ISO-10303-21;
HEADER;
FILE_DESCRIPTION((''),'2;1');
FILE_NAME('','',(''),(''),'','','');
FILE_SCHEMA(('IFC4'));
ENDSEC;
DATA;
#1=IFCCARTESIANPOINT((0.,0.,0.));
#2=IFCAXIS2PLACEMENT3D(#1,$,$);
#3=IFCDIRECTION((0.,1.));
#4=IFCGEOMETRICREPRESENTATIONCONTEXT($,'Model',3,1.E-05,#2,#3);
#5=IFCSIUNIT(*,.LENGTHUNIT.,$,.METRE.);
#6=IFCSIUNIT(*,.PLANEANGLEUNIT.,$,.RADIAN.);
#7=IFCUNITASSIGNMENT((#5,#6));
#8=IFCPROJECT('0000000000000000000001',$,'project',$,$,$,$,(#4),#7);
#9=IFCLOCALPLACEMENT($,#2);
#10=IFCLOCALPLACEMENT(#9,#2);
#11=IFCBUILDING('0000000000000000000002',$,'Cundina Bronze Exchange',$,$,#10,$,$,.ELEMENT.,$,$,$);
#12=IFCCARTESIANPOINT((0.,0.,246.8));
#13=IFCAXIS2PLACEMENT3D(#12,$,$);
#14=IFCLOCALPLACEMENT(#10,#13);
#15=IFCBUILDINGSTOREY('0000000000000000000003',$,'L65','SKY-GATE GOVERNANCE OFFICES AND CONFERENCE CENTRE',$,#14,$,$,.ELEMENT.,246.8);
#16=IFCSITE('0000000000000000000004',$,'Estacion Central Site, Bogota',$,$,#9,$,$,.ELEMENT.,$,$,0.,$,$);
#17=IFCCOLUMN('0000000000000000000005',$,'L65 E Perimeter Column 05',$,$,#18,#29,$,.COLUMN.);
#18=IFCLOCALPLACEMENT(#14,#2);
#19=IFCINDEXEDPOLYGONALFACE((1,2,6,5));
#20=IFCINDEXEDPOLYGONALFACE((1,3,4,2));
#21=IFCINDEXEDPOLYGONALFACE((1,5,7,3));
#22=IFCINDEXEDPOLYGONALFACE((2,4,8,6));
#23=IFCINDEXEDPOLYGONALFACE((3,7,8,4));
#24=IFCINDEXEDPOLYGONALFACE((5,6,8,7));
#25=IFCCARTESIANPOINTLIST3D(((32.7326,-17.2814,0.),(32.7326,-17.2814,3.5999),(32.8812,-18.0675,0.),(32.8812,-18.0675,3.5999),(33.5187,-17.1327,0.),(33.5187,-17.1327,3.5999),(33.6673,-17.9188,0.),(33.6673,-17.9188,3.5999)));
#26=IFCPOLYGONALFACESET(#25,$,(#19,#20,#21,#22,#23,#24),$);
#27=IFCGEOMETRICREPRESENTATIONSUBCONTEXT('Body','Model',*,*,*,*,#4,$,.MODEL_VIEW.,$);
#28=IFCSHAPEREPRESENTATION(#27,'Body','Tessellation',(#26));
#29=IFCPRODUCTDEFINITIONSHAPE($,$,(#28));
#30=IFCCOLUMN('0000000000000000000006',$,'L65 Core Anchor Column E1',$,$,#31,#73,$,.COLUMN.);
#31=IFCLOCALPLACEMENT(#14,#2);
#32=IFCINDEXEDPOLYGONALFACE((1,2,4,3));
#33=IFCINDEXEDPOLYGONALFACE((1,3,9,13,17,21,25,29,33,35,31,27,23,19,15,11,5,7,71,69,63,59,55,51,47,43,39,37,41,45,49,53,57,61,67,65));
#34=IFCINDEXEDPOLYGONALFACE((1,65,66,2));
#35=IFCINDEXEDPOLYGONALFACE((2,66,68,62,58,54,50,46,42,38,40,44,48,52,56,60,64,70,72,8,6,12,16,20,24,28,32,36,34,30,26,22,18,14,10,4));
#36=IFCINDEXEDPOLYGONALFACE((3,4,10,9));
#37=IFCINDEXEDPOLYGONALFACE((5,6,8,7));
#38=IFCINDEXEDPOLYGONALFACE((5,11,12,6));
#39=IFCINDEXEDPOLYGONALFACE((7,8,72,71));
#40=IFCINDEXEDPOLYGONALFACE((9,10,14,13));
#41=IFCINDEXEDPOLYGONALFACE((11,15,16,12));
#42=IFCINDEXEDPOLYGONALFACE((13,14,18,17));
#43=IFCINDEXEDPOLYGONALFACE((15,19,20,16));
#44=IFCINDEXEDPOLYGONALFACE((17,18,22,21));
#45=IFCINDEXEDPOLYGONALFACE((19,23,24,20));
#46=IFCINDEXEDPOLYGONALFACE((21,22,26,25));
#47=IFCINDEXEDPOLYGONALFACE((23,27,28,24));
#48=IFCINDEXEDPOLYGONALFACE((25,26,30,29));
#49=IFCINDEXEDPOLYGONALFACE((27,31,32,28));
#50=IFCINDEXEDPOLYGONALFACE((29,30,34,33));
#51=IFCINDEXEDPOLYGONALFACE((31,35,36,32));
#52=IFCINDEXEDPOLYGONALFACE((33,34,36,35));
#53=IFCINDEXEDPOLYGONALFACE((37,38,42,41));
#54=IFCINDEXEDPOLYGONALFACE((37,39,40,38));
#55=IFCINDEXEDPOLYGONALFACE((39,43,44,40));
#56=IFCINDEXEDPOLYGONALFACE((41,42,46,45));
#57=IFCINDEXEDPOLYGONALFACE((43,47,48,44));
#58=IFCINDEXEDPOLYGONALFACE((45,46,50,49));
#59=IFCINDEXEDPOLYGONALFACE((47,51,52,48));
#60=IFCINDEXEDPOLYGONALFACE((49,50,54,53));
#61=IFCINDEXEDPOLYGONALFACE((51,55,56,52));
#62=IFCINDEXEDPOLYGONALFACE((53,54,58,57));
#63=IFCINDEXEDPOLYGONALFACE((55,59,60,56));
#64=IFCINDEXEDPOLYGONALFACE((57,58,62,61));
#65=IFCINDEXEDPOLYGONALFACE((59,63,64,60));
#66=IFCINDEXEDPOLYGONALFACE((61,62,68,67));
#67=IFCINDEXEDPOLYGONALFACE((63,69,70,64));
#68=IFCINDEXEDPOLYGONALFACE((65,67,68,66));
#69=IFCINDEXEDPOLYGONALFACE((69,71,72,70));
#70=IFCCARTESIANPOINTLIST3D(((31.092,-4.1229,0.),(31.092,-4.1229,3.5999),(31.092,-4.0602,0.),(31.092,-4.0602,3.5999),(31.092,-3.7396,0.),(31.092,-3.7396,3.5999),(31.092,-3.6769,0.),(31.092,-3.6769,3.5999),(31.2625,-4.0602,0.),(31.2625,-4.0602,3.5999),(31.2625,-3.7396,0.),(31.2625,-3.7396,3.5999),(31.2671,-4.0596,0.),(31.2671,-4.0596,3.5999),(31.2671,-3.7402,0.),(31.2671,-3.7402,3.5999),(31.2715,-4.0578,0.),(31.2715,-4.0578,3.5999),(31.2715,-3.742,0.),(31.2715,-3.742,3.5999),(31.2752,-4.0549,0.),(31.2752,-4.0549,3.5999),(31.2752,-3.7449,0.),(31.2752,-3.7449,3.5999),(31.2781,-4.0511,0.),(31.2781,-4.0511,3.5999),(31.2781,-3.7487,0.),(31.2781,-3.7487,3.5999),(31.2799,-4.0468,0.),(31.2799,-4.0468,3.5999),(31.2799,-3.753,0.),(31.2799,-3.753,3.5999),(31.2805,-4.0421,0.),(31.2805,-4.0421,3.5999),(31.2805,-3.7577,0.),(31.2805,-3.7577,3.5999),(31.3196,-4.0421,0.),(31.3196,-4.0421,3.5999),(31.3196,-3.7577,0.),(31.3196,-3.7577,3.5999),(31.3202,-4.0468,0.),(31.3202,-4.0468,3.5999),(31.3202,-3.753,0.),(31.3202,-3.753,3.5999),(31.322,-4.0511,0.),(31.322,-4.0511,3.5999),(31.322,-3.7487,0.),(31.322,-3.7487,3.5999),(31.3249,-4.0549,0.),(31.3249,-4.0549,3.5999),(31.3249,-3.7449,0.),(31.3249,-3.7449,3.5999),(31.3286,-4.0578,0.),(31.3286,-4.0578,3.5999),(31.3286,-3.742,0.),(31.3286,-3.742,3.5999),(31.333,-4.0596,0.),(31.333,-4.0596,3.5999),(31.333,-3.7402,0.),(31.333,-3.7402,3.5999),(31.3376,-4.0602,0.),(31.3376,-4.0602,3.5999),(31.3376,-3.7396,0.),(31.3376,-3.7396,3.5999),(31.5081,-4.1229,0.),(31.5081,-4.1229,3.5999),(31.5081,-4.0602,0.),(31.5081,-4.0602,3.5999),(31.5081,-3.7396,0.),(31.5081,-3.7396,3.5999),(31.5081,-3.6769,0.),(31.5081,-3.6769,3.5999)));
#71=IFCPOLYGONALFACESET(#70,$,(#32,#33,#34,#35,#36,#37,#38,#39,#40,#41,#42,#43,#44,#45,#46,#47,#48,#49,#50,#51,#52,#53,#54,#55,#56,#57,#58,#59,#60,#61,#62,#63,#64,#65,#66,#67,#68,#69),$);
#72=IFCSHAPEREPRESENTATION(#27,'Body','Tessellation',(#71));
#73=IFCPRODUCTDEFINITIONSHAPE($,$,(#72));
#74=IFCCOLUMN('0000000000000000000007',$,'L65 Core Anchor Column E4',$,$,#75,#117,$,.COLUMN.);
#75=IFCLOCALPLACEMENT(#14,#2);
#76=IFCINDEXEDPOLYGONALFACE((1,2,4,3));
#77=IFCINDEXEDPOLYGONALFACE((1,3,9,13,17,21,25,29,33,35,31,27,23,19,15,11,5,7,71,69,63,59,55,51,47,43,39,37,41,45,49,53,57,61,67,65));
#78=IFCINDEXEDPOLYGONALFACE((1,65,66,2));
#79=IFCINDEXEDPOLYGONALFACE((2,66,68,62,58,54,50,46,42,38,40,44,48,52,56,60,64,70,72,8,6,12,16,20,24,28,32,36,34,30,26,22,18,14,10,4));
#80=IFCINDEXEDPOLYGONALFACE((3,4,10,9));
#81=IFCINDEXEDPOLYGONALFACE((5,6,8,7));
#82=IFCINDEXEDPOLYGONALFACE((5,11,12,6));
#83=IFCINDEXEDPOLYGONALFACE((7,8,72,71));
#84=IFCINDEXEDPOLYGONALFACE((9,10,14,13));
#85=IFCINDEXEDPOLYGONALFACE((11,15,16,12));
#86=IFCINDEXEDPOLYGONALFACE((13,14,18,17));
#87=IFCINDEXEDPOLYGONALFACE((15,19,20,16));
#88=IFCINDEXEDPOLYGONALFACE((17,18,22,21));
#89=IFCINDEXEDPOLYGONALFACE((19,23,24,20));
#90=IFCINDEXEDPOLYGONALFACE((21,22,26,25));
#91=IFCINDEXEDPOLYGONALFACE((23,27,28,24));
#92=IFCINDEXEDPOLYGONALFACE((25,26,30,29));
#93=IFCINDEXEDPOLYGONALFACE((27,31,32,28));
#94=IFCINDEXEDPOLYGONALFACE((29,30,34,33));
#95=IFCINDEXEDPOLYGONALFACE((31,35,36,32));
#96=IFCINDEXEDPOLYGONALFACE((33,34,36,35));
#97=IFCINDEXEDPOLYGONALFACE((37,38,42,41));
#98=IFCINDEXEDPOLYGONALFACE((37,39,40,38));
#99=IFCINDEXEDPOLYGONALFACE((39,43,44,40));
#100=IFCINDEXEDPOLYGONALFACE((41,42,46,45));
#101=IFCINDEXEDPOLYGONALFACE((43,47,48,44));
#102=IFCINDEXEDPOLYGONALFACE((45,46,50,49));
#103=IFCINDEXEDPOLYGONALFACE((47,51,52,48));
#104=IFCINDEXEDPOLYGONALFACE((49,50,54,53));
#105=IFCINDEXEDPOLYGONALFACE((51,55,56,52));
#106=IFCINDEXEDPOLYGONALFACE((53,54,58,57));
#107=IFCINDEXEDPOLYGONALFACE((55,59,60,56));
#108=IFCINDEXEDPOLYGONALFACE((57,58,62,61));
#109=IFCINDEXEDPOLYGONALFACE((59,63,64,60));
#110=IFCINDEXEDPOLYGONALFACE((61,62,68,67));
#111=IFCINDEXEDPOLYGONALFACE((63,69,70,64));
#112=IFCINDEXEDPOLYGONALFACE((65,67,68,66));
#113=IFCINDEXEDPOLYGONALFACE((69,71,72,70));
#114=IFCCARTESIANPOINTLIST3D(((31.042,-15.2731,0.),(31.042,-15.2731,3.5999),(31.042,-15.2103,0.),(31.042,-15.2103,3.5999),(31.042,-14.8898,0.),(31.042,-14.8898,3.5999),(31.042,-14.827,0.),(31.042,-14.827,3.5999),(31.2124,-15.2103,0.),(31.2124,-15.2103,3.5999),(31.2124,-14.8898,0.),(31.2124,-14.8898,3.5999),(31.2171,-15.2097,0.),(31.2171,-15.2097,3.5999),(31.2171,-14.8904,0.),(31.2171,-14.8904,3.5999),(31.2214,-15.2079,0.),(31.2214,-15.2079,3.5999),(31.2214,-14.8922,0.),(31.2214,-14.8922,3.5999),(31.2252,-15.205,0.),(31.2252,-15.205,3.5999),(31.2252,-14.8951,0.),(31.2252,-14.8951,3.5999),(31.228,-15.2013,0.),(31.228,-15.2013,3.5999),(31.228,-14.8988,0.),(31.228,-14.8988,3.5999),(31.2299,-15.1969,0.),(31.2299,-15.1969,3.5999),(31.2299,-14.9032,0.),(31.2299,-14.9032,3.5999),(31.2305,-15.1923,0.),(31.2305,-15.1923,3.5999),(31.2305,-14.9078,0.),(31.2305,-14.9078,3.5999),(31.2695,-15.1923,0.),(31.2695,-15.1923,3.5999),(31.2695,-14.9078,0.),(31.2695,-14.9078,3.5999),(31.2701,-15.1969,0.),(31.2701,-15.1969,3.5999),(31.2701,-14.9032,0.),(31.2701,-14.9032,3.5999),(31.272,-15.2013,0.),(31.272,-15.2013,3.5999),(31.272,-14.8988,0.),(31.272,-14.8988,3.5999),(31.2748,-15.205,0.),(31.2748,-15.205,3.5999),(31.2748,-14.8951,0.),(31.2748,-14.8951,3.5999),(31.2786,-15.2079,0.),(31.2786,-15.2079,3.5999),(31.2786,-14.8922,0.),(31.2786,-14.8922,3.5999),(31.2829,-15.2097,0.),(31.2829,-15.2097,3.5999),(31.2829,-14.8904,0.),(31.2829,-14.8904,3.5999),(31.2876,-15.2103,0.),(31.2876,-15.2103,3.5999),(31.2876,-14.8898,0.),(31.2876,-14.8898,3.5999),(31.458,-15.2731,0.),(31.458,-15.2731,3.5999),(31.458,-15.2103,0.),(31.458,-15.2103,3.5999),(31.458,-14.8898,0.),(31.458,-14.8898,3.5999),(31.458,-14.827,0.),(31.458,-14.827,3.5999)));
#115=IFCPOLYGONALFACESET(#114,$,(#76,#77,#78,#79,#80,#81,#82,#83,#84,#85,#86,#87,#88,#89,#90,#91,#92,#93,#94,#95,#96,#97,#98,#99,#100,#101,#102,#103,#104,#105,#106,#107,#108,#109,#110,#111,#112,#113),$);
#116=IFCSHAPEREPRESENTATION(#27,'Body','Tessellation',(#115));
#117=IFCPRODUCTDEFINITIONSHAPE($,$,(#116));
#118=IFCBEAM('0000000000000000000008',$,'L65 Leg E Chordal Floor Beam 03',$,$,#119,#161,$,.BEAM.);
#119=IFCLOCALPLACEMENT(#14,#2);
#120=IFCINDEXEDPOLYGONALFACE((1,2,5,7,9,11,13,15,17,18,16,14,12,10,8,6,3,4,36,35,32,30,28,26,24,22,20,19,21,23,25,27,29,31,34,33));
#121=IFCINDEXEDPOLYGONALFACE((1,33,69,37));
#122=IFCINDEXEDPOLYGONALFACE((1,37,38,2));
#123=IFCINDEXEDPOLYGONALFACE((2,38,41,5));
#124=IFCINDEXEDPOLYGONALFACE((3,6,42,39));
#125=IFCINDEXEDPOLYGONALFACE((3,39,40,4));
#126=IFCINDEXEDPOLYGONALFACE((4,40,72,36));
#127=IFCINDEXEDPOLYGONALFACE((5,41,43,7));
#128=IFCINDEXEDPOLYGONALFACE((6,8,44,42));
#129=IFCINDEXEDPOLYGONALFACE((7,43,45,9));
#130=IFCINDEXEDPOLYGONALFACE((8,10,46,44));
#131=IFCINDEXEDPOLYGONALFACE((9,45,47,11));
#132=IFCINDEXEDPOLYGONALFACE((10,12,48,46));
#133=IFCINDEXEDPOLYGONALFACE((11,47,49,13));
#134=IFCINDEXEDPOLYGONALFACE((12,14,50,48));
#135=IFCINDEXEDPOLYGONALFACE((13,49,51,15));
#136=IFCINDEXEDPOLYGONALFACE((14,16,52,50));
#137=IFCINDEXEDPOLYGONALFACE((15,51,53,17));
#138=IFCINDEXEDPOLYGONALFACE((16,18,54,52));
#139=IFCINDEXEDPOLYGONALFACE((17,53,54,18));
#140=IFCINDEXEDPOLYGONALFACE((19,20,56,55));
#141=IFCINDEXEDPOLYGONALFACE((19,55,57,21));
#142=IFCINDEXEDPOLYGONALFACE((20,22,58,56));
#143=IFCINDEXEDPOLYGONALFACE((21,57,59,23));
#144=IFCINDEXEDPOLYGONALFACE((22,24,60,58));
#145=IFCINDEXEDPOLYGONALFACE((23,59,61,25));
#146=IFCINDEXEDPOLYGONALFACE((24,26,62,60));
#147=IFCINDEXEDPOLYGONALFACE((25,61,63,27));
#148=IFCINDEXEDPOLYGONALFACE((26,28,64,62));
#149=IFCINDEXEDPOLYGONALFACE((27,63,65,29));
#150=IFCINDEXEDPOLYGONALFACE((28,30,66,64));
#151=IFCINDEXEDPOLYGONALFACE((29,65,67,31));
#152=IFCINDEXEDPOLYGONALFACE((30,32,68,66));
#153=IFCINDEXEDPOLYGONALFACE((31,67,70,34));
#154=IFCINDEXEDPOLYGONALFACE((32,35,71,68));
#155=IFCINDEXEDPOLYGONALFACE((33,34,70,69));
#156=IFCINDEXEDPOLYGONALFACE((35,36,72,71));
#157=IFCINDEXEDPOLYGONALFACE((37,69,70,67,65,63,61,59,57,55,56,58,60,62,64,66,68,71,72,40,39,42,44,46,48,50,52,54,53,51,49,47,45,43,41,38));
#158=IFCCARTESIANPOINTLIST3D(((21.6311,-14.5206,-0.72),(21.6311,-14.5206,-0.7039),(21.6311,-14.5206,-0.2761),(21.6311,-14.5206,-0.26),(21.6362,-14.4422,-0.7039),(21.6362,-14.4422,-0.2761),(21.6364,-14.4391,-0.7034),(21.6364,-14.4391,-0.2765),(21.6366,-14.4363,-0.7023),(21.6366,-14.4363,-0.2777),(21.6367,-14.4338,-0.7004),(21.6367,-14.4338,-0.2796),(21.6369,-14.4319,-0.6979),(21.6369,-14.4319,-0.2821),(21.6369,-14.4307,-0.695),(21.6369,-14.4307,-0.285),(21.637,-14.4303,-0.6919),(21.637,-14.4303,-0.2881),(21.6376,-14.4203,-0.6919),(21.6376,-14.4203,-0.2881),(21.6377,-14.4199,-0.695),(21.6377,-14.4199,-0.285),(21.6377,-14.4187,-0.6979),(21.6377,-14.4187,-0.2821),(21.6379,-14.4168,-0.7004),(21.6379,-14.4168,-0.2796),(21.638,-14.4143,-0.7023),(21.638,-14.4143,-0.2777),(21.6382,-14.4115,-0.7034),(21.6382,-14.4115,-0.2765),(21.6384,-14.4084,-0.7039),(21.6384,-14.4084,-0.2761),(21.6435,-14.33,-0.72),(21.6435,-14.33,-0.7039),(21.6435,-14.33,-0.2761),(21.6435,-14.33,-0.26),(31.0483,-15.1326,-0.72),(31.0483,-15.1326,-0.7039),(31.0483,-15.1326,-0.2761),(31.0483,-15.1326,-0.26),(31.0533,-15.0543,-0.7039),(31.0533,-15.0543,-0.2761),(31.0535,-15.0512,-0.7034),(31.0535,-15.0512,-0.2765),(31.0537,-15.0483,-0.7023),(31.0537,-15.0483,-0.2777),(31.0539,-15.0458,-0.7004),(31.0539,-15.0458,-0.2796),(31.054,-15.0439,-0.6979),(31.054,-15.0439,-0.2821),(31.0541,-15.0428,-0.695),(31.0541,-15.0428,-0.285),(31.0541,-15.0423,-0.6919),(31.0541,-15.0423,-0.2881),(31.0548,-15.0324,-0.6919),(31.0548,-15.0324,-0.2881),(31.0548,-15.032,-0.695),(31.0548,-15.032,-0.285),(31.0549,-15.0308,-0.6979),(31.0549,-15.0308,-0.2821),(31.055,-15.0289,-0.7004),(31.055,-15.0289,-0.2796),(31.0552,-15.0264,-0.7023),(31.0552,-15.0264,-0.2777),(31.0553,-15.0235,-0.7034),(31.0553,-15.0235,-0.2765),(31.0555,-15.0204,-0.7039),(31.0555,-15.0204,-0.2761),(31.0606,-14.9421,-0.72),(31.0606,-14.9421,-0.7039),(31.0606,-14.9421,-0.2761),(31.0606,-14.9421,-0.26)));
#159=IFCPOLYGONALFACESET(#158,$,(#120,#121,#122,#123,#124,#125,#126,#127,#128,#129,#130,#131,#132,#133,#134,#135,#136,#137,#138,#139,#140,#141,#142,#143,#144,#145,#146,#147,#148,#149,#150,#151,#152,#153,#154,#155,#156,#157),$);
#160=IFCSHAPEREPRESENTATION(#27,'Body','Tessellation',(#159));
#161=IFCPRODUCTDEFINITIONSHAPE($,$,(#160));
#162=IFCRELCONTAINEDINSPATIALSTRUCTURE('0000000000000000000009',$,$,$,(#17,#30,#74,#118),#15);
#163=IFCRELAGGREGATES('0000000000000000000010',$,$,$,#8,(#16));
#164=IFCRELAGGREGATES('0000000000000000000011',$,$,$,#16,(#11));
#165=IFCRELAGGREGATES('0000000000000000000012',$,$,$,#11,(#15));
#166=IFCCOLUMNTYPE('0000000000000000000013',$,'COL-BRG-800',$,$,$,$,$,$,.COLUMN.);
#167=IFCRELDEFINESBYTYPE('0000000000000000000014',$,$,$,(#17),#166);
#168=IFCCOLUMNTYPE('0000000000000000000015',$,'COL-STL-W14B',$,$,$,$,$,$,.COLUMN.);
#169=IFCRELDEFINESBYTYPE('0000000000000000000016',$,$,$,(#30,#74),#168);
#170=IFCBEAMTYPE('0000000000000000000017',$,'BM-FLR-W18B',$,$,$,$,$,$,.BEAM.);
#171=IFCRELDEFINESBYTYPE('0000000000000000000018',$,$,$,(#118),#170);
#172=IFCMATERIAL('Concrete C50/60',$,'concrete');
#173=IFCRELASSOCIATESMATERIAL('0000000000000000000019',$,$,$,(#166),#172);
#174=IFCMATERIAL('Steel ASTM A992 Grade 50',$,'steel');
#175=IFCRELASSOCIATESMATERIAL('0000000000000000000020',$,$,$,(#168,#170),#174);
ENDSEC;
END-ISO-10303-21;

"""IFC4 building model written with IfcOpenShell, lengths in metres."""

from ifc_helpers import new_model, si_unit, direction, frame, origin, origin_2d, place, context, subcontext, project, spatial, rectangle, i_section, extrude, material, material_profile, profile_set, type_object, element, save


model = new_model("IFC4")

# Units and contexts
model_context = context("Model", 3, precision=1e-05, world=origin(), true_north=direction((0.0, 1.0)))
body_context = subcontext(model_context, "Body", "Model", "MODEL_VIEW")
ifc_project = project(units=[si_unit("LENGTHUNIT", "METRE"), si_unit("PLANEANGLEUNIT", "RADIAN")], contexts=[model_context])

# Site, building, storey
site_placement = place(None, origin())
site = spatial("IfcSite", under=ifc_project, at=site_placement, Name="Estacion Central Site, Bogota", CompositionType="ELEMENT", RefElevation=0.0)
building_placement = place(site_placement, origin())
building = spatial("IfcBuilding", under=site, at=building_placement, Name="Cundina Bronze Exchange", CompositionType="ELEMENT")
storey_placement = place(building_placement, frame((0.0, 0.0, 246.8)))
storey = spatial("IfcBuildingStorey", under=building, at=storey_placement, Name="L65", Description="SKY-GATE GOVERNANCE OFFICES AND CONFERENCE CENTRE", CompositionType="ELEMENT", Elevation=246.8)

# Columns
ifc_material_1 = material(Name="Concrete C50/60", Category="concrete")
ifc_material_profile_1 = material_profile(ifc_material_1, rectangle(XDim=0.8, YDim=0.8, at=origin_2d()), Name="RC800X800", Category="concrete")
ifc_profile_set_1 = profile_set([ifc_material_profile_1], Name="Concrete C50/60")
column_type_1 = type_object("IfcColumnType", Name="COL-BRG-800", PredefinedType="COLUMN", material=ifc_profile_set_1)
column_placement = place(storey_placement, frame((33.2, -17.6001, 0.0), z_axis=(0.0, 0.0, 1.0), x_axis=(0.98258, 0.185838, 0.0)))
element("IfcColumn", 1, at=column_placement, inside=storey, type_object=column_type_1, Name="L65 E Perimeter Column 05", PredefinedType="COLUMN", context=body_context, shape_type="SweptSolid", body=[
    extrude(rectangle(XDim=0.8, YDim=0.8, at=origin_2d()), origin(), (0.0, 0.0, 1.0), 3.5999),
])
ifc_material_2 = material(Name="Steel ASTM A992 Grade 50", Category="steel")
ifc_material_profile_2 = material_profile(ifc_material_2, i_section(OverallWidth=0.416, OverallDepth=0.446, WebThickness=0.0391, FlangeThickness=0.0627, FilletRadius=0.0181, at=origin_2d()), Name="W14X342", Category="steel")
ifc_profile_set_2 = profile_set([ifc_material_profile_2], Name="Steel ASTM A992 Grade 50")
column_type_2 = type_object("IfcColumnType", Name="COL-STL-W14B", PredefinedType="COLUMN", material=ifc_profile_set_2)
for number, where, z_axis, x_axis, name in (
    (2, (31.3, -3.8999, 0.0), (0.0, 0.0, 1.0), (1.0, 0.0, 0.0), "L65 Core Anchor Column E1"),
    (3, (31.25, -15.05, 0.0), (0.0, 0.0, 1.0), (1.0, 0.0, 0.0), "L65 Core Anchor Column E4"),
):
    element("IfcColumn", number, at=place(storey_placement, frame(where, z_axis=z_axis, x_axis=x_axis)), inside=storey, type_object=column_type_2, Name=name, PredefinedType="COLUMN", context=body_context, shape_type="SweptSolid", body=[
        extrude(i_section(OverallWidth=0.416, OverallDepth=0.446, WebThickness=0.0391, FlangeThickness=0.0627, FilletRadius=0.0181, at=origin_2d()), origin(), (0.0, 0.0, 1.0), 3.5999),
    ])

# Beam
ifc_material_profile_3 = material_profile(ifc_material_2, i_section(OverallWidth=0.1909, OverallDepth=0.46, WebThickness=0.01, FlangeThickness=0.0161, FilletRadius=0.012, at=origin_2d()), Name="W18X55", Category="steel")
ifc_profile_set_3 = profile_set([ifc_material_profile_3], Name="Steel ASTM A992 Grade 50")
beam_type_1 = type_object("IfcBeamType", Name="BM-FLR-W18B", PredefinedType="BEAM", material=ifc_profile_set_3)
beam_1_placement = place(storey_placement, frame((31.0544, -15.0374, -0.49), z_axis=(-0.997895, 0.064857, 0.0), x_axis=(-0.064857, -0.997895, 0.0)))
element("IfcBeam", 4, at=beam_1_placement, inside=storey, type_object=beam_type_1, Name="L65 Leg E Chordal Floor Beam 03", PredefinedType="BEAM", context=body_context, shape_type="SweptSolid", body=[
    extrude(i_section(OverallWidth=0.1909, OverallDepth=0.46, WebThickness=0.01, FlangeThickness=0.0161, FilletRadius=0.012, at=origin_2d()), origin(), (0.0, 0.0, 1.0), 9.437),
])

save(model, "model.ifc")
